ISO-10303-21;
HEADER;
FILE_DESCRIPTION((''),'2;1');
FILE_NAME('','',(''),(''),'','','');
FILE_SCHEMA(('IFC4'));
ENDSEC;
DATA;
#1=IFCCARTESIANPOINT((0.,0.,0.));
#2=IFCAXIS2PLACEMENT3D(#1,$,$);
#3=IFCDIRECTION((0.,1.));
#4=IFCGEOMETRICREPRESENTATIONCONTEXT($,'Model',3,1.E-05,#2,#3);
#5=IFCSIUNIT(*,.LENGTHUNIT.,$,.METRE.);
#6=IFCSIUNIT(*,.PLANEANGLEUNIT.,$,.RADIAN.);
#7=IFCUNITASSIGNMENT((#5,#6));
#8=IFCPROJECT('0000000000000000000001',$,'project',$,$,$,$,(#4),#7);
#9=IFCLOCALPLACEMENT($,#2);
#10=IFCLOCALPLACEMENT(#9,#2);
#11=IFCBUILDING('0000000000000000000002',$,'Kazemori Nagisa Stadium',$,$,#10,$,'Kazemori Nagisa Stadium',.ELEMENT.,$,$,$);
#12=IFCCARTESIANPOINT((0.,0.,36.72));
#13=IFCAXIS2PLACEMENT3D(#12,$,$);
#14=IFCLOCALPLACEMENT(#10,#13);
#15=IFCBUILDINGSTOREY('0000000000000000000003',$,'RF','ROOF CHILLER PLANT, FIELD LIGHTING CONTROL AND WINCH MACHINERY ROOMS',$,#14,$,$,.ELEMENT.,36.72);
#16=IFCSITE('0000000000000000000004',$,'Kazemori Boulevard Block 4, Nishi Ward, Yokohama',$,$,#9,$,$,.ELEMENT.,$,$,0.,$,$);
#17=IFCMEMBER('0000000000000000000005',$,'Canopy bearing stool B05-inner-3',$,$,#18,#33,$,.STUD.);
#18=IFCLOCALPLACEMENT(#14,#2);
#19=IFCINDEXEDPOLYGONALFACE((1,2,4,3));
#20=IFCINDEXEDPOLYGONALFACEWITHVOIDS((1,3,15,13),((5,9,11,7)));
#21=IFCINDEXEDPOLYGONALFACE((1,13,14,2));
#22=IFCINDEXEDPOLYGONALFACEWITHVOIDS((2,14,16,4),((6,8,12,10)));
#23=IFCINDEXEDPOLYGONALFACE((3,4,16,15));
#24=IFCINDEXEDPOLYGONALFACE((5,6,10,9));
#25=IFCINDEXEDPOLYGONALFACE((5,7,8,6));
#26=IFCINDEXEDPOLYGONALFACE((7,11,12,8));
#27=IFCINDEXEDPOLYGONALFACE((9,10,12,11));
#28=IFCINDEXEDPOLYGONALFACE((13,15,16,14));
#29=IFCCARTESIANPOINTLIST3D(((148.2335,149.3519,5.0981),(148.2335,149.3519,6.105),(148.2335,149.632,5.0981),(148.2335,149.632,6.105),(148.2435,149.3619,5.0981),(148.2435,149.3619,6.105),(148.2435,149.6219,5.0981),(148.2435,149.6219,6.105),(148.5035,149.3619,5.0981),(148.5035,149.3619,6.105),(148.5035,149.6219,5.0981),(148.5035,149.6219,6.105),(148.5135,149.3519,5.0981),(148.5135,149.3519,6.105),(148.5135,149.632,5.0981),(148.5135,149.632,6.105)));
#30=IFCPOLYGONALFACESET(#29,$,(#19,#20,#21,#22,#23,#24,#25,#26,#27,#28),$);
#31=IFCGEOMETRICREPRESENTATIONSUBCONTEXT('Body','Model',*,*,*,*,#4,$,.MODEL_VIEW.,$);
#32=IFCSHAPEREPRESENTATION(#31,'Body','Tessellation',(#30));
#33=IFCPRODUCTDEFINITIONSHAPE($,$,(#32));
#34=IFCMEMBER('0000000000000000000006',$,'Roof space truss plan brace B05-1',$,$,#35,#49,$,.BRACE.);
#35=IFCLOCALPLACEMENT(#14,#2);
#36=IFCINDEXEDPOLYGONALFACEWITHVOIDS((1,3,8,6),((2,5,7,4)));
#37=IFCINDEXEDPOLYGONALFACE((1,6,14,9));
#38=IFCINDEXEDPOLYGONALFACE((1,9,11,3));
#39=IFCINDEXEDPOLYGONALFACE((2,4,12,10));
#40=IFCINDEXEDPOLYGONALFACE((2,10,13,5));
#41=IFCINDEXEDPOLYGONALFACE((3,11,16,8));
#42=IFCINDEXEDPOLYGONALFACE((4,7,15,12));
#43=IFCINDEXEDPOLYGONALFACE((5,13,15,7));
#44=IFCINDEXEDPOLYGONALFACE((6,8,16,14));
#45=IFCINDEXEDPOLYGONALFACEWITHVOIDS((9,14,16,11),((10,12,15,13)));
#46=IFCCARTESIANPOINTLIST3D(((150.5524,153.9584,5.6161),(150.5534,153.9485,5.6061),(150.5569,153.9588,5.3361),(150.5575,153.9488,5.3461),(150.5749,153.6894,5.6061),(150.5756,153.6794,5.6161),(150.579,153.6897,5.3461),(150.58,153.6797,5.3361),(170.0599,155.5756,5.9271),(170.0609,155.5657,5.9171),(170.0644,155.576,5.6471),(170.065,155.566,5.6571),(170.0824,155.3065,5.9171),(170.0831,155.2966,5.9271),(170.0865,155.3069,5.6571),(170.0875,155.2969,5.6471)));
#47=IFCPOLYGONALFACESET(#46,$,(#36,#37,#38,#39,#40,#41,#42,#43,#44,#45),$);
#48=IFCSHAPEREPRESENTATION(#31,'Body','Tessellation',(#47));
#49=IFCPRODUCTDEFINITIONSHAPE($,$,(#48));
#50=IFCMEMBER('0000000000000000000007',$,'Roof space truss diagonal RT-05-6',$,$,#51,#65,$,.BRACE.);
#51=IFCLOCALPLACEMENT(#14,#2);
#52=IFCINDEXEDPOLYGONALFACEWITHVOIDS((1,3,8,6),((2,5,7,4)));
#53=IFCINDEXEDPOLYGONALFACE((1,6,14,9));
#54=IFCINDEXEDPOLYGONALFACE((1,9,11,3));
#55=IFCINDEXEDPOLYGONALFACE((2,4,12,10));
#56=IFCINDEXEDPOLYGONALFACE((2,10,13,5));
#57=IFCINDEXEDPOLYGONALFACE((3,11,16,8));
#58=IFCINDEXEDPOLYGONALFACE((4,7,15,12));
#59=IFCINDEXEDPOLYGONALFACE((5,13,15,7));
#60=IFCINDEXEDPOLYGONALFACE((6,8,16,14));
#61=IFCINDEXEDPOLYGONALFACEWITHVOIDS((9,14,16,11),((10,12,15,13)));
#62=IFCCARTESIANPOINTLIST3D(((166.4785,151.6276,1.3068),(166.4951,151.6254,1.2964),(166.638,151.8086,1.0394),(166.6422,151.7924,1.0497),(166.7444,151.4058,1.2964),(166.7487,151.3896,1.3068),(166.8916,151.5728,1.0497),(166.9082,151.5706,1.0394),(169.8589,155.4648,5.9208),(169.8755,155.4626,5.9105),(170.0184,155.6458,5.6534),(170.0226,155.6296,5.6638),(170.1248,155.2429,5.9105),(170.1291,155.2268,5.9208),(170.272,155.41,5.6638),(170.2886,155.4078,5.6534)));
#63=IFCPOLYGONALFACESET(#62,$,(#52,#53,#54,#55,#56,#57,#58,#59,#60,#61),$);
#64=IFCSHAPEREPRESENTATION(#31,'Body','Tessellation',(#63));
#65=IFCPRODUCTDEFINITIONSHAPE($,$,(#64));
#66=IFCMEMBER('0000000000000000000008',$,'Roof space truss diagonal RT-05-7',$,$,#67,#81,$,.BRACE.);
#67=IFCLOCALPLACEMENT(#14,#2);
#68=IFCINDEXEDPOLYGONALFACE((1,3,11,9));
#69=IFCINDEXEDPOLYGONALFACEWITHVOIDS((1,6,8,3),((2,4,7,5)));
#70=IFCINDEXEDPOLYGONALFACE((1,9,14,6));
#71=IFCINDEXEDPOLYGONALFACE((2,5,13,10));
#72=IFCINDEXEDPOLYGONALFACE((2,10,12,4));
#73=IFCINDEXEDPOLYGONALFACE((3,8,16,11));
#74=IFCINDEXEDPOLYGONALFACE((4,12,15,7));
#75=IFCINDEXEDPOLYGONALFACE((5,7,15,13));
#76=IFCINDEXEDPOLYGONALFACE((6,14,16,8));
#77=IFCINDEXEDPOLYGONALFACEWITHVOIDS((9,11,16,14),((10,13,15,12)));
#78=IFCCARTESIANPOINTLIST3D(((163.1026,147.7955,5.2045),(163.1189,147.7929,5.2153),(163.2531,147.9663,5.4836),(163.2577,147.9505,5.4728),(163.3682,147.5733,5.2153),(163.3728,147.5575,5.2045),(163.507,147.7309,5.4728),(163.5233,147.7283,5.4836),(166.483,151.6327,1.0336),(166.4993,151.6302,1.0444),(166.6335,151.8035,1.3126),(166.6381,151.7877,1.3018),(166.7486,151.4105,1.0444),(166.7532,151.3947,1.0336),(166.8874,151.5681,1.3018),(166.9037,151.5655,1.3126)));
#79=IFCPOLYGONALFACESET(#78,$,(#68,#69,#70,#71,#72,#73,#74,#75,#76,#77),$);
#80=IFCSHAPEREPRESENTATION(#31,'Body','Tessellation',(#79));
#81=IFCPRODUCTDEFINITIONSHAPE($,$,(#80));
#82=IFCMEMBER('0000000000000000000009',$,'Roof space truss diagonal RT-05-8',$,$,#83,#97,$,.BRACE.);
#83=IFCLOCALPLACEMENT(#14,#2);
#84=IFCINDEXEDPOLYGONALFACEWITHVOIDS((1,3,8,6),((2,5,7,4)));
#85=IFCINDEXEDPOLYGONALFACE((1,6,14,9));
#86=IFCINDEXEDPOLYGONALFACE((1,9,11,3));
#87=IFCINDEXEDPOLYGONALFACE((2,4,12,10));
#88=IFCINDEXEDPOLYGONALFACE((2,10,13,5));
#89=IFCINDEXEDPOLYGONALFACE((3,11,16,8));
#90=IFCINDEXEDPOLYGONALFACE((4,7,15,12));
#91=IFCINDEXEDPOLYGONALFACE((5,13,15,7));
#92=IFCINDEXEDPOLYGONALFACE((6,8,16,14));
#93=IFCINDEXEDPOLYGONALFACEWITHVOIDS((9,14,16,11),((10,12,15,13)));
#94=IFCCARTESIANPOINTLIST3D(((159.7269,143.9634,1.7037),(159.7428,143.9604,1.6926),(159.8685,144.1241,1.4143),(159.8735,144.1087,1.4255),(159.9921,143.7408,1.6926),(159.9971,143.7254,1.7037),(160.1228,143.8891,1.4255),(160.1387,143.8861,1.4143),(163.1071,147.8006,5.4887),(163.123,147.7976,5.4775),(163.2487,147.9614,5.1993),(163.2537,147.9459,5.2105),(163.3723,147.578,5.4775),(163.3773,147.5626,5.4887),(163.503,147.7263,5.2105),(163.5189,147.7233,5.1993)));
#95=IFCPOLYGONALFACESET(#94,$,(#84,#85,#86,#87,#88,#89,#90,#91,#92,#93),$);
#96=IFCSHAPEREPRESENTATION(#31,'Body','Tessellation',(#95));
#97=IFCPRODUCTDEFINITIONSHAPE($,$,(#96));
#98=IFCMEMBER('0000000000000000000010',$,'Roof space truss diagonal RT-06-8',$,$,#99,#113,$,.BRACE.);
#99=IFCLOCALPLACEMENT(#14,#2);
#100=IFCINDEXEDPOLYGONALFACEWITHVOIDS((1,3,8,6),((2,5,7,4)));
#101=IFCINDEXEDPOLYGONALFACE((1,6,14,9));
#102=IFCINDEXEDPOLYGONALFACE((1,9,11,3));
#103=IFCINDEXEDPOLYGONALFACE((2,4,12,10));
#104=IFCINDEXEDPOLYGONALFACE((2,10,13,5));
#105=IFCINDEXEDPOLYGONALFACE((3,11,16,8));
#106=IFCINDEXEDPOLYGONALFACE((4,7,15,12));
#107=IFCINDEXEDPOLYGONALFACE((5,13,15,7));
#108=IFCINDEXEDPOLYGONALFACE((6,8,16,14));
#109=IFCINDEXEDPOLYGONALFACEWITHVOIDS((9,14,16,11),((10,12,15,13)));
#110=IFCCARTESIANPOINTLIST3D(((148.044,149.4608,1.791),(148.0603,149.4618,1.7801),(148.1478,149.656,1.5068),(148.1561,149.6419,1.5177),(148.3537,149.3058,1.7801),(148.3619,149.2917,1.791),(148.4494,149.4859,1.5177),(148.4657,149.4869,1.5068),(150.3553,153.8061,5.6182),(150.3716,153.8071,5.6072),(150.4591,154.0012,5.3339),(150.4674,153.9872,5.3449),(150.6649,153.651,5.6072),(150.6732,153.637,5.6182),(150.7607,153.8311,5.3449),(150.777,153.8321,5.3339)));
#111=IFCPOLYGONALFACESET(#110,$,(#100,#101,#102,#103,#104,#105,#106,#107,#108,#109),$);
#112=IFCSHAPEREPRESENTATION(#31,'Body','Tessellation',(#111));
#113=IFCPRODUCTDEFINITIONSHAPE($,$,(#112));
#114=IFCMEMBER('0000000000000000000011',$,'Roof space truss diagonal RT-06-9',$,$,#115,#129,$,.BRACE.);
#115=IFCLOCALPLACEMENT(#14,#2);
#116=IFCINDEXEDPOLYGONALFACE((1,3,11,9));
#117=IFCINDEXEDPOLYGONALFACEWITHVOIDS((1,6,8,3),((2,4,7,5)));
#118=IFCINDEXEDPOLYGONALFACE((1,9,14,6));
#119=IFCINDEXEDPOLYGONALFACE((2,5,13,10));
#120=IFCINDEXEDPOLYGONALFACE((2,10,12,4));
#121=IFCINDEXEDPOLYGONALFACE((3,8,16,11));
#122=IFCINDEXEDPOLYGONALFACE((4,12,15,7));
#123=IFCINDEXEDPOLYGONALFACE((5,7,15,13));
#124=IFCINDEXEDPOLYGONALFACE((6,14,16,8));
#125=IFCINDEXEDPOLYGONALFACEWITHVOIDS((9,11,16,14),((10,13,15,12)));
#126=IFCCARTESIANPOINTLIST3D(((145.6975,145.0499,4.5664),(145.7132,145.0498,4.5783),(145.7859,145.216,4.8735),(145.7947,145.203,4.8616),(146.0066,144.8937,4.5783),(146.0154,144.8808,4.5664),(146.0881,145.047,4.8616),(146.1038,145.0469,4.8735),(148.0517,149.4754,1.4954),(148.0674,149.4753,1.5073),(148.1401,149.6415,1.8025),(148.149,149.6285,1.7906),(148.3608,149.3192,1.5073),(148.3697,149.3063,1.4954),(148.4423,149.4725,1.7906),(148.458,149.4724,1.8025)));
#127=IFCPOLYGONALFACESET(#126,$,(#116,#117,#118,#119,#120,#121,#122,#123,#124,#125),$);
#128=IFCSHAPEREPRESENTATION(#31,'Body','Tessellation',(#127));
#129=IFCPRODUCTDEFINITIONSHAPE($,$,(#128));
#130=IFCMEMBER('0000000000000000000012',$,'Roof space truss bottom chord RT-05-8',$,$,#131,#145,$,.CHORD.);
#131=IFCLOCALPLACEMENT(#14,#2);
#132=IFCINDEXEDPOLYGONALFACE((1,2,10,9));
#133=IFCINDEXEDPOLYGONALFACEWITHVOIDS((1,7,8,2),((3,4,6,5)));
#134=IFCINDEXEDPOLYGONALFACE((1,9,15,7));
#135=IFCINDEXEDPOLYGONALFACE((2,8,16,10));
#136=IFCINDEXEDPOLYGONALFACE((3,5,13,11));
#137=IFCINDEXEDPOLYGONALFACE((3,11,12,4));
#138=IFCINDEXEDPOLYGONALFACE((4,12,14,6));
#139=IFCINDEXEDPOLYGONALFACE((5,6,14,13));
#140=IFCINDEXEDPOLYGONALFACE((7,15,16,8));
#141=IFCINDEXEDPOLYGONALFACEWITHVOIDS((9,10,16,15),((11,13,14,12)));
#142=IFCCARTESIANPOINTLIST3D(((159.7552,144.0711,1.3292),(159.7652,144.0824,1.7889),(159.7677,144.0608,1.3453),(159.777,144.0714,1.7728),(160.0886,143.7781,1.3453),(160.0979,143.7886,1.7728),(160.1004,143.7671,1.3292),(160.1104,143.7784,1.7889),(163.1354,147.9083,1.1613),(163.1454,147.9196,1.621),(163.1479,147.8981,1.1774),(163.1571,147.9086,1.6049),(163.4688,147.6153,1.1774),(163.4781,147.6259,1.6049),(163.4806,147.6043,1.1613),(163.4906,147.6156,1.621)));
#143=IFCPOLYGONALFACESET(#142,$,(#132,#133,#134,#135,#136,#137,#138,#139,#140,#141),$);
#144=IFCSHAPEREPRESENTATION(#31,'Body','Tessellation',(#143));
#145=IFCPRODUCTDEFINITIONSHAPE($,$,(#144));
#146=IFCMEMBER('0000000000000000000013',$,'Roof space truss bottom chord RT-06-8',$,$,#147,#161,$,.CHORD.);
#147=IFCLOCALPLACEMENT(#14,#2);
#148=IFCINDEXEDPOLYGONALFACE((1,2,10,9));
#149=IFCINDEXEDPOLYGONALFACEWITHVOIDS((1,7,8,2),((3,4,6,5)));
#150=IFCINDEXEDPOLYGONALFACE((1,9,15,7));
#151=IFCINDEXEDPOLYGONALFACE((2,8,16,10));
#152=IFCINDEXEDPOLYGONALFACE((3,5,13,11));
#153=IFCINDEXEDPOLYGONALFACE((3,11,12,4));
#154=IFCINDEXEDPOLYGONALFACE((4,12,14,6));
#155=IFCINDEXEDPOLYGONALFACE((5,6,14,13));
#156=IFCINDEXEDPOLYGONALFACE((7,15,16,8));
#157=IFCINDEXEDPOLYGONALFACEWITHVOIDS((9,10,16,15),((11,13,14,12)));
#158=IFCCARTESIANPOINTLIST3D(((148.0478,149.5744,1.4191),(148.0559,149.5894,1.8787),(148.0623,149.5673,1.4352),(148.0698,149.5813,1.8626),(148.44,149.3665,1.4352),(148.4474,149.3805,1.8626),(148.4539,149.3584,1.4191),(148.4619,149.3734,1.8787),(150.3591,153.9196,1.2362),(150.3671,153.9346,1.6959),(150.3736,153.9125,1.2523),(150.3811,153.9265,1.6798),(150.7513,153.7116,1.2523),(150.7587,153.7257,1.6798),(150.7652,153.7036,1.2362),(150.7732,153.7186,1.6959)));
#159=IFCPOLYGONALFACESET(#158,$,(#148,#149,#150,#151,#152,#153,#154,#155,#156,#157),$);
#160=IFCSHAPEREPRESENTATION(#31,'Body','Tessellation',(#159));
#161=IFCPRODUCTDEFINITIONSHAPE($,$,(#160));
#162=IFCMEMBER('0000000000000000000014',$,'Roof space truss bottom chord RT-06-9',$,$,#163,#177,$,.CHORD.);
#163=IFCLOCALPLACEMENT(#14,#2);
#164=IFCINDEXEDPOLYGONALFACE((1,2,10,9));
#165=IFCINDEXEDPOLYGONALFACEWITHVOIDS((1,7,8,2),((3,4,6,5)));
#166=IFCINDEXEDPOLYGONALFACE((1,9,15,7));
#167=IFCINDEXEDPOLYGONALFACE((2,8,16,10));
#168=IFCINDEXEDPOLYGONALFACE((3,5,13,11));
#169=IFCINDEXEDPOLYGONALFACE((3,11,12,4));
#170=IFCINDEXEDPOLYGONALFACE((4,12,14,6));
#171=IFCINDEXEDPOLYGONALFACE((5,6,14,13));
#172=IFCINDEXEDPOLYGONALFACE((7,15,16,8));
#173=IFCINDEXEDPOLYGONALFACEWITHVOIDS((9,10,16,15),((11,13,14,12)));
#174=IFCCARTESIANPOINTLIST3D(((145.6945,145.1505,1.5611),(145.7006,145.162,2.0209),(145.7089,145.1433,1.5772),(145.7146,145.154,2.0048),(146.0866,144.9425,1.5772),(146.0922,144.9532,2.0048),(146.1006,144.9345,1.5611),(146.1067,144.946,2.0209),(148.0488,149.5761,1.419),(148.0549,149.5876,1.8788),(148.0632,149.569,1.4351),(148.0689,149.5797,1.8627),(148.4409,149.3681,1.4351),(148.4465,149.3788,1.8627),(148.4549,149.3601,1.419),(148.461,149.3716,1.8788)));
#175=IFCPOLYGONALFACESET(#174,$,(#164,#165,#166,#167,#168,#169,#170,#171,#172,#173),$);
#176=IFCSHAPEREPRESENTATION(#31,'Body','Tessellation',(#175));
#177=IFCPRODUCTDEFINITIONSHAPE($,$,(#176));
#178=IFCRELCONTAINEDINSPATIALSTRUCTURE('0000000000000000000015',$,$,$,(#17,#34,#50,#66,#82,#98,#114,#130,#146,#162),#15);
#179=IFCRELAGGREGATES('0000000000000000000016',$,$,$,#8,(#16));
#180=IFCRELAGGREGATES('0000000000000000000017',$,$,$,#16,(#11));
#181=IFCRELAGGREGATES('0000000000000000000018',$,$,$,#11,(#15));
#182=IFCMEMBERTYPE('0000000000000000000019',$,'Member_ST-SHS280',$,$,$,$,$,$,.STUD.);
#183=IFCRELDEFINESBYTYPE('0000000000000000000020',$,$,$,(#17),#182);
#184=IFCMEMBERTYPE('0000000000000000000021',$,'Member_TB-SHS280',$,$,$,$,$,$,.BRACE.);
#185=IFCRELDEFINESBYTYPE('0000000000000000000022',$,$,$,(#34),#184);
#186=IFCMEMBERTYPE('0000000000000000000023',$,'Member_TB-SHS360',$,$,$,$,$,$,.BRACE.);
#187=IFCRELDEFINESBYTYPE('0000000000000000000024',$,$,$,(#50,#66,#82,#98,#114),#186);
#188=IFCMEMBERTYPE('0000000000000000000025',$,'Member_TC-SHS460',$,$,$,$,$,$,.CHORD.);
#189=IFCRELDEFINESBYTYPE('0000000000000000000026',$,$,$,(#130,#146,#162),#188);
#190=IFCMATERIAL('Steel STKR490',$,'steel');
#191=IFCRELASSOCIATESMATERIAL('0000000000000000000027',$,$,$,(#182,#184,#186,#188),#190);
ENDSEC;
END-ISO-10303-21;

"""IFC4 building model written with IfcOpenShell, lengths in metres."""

from ifc_helpers import new_model, si_unit, direction, frame, origin, origin_2d, place, context, subcontext, project, spatial, hollow_rectangle, extrude, material, material_profile, profile_set, type_object, element, save


model = new_model("IFC4")

# Units and contexts
model_context = context("Model", 3, precision=1e-05, world=origin(), true_north=direction((0.0, 1.0)))
body_context = subcontext(model_context, "Body", "Model", "MODEL_VIEW")
ifc_project = project(units=[si_unit("LENGTHUNIT", "METRE"), si_unit("PLANEANGLEUNIT", "RADIAN")], contexts=[model_context])

# Site, building, storey
site_placement = place(None, origin())
site = spatial("IfcSite", under=ifc_project, at=site_placement, Name="Kazemori Boulevard Block 4, Nishi Ward, Yokohama", CompositionType="ELEMENT", RefElevation=0.0)
building_placement = place(site_placement, origin())
building = spatial("IfcBuilding", under=site, at=building_placement, Name="Kazemori Nagisa Stadium", LongName="Kazemori Nagisa Stadium", CompositionType="ELEMENT")
storey_placement = place(building_placement, frame((0.0, 0.0, 36.72)))
storey = spatial("IfcBuildingStorey", under=building, at=storey_placement, Name="RF", Description="ROOF CHILLER PLANT, FIELD LIGHTING CONTROL AND WINCH MACHINERY ROOMS", CompositionType="ELEMENT", Elevation=36.72)

# Members
ifc_material_1 = material(Name="Steel STKR490", Category="steel")
ifc_material_profile_1 = material_profile(ifc_material_1, hollow_rectangle(XDim=0.28, YDim=0.28, WallThickness=0.01, at=origin_2d()), Name="SHS-280x280x10")
ifc_profile_set_1 = profile_set([ifc_material_profile_1], Name="Steel STKR490")
member_type_1 = type_object("IfcMemberType", Name="Member_ST-SHS280", PredefinedType="STUD", material=ifc_profile_set_1)
member_1_placement = place(storey_placement, frame((148.3735, 149.4919, 5.0981), z_axis=(0.0, 0.0, 1.0), x_axis=(1.0, 0.0, 0.0)))
element("IfcMember", 1, at=member_1_placement, inside=storey, type_object=member_type_1, Name="Canopy bearing stool B05-inner-3", PredefinedType="STUD", context=body_context, shape_type="SweptSolid", body=[
    extrude(hollow_rectangle(XDim=0.28, YDim=0.28, WallThickness=0.01, at=origin_2d()), origin(), (0.0, 0.0, 1.0), 1.0068),
])
ifc_material_profile_2 = material_profile(ifc_material_1, hollow_rectangle(XDim=0.28, YDim=0.28, WallThickness=0.01, at=origin_2d()), Name="SHS-280x280x10")
ifc_profile_set_2 = profile_set([ifc_material_profile_2], Name="Steel STKR490")
member_type_2 = type_object("IfcMemberType", Name="Member_TB-SHS280", PredefinedType="BRACE", material=ifc_profile_set_2)
member_2_placement = place(storey_placement, frame((170.0737, 155.4363, 5.7871), z_axis=(-0.996456, -0.082607, -0.015888), x_axis=(0.082617, -0.996581, 0.0)))
element("IfcMember", 2, at=member_2_placement, inside=storey, type_object=member_type_2, Name="Roof space truss plan brace B05-1", PredefinedType="BRACE", context=body_context, shape_type="SweptSolid", body=[
    extrude(hollow_rectangle(XDim=0.28, YDim=0.28, WallThickness=0.01, at=origin_2d()), origin(), (0.0, 0.0, 1.0), 19.5769),
])
ifc_material_profile_3 = material_profile(ifc_material_1, hollow_rectangle(XDim=0.3601, YDim=0.3601, WallThickness=0.0139, at=origin_2d()), Name="SHS-360x360x14")
ifc_profile_set_3 = profile_set([ifc_material_profile_3], Name="Steel STKR490")
member_type_3 = type_object("IfcMemberType", Name="Member_TB-SHS360", PredefinedType="BRACE", material=ifc_profile_set_3)
member_3_placement = place(storey_placement, frame((170.0737, 155.4363, 5.7871), z_axis=(-0.490787, -0.557106, -0.669896), x_axis=(0.750357, -0.661032, 0.0)))
element("IfcMember", 3, at=member_3_placement, inside=storey, type_object=member_type_3, Name="Roof space truss diagonal RT-05-6", PredefinedType="BRACE", context=body_context, shape_type="SweptSolid", body=[
    extrude(hollow_rectangle(XDim=0.3601, YDim=0.3601, WallThickness=0.0139, at=origin_2d()), origin(), (0.0, 0.0, 1.0), 6.8877),
])
member_4_placement = place(storey_placement, frame((166.6934, 151.5991, 1.1731), z_axis=(-0.512253, -0.581474, 0.632048), x_axis=(0.750357, -0.661032, 0.0)))
element("IfcMember", 4, at=member_4_placement, inside=storey, type_object=member_type_3, Name="Roof space truss diagonal RT-05-7", PredefinedType="BRACE", context=body_context, shape_type="SweptSolid", body=[
    extrude(hollow_rectangle(XDim=0.3601, YDim=0.3601, WallThickness=0.0139, at=origin_2d()), origin(), (0.0, 0.0, 1.0), 6.5991),
])
member_5_placement = place(storey_placement, frame((163.313, 147.762, 5.344), z_axis=(-0.531302, -0.60314, -0.594928), x_axis=(0.750381, -0.661006, 0.0)))
element("IfcMember", 5, at=member_5_placement, inside=storey, type_object=member_type_3, Name="Roof space truss diagonal RT-05-8", PredefinedType="BRACE", context=body_context, shape_type="SweptSolid", body=[
    extrude(hollow_rectangle(XDim=0.3601, YDim=0.3601, WallThickness=0.0139, at=origin_2d()), origin(), (0.0, 0.0, 1.0), 6.3621),
])
member_6_placement = place(storey_placement, frame((150.5662, 153.8191, 5.4761), z_axis=(-0.370719, -0.696954, -0.613858), x_axis=(0.882873, -0.469612, 0.0)))
element("IfcMember", 6, at=member_6_placement, inside=storey, type_object=member_type_3, Name="Roof space truss diagonal RT-06-8", PredefinedType="BRACE", context=body_context, shape_type="SweptSolid", body=[
    extrude(hollow_rectangle(XDim=0.3601, YDim=0.3601, WallThickness=0.0139, at=origin_2d()), origin(), (0.0, 0.0, 1.0), 6.2346),
])
member_7_placement = place(storey_placement, frame((148.2549, 149.4739, 1.6489), z_axis=(-0.40047, -0.752808, 0.522402), x_axis=(0.882853, -0.46965, 0.0)))
element("IfcMember", 7, at=member_7_placement, inside=storey, type_object=member_type_3, Name="Roof space truss diagonal RT-06-9", PredefinedType="BRACE", context=body_context, shape_type="SweptSolid", body=[
    extrude(hollow_rectangle(XDim=0.3601, YDim=0.3601, WallThickness=0.0139, at=origin_2d()), origin(), (0.0, 0.0, 1.0), 5.8787),
])
ifc_material_profile_4 = material_profile(ifc_material_1, hollow_rectangle(XDim=0.46, YDim=0.46, WallThickness=0.0161, at=origin_2d()), Name="SHS-460x460x16")
ifc_profile_set_4 = profile_set([ifc_material_profile_4], Name="Steel STKR490")
member_type_4 = type_object("IfcMemberType", Name="Member_TC-SHS460", PredefinedType="CHORD", material=ifc_profile_set_4)
member_8_placement = place(storey_placement, frame((163.313, 147.762, 1.3911), z_axis=(-0.660649, -0.749976, 0.03283), x_axis=(0.750381, -0.661006, 0.0)))
element("IfcMember", 8, at=member_8_placement, inside=storey, type_object=member_type_4, Name="Roof space truss bottom chord RT-05-8", PredefinedType="CHORD", context=body_context, shape_type="SweptSolid", body=[
    extrude(hollow_rectangle(XDim=0.46, YDim=0.46, WallThickness=0.0161, at=origin_2d()), origin(), (0.0, 0.0, 1.0), 5.1165),
])
member_9_placement = place(storey_placement, frame((150.5662, 153.8191, 1.4661), z_axis=(-0.469288, -0.882264, 0.037129), x_axis=(0.882873, -0.469612, 0.0)))
element("IfcMember", 9, at=member_9_placement, inside=storey, type_object=member_type_4, Name="Roof space truss bottom chord RT-06-8", PredefinedType="CHORD", context=body_context, shape_type="SweptSolid", body=[
    extrude(hollow_rectangle(XDim=0.46, YDim=0.46, WallThickness=0.0161, at=origin_2d()), origin(), (0.0, 0.0, 1.0), 4.925),
])
member_10_placement = place(storey_placement, frame((148.2549, 149.4739, 1.6489), z_axis=(-0.469462, -0.882498, 0.028334), x_axis=(0.882853, -0.46965, 0.0)))
element("IfcMember", 10, at=member_10_placement, inside=storey, type_object=member_type_4, Name="Roof space truss bottom chord RT-06-9", PredefinedType="CHORD", context=body_context, shape_type="SweptSolid", body=[
    extrude(hollow_rectangle(XDim=0.46, YDim=0.46, WallThickness=0.0161, at=origin_2d()), origin(), (0.0, 0.0, 1.0), 5.0149),
])

save(model, "model.ifc")
